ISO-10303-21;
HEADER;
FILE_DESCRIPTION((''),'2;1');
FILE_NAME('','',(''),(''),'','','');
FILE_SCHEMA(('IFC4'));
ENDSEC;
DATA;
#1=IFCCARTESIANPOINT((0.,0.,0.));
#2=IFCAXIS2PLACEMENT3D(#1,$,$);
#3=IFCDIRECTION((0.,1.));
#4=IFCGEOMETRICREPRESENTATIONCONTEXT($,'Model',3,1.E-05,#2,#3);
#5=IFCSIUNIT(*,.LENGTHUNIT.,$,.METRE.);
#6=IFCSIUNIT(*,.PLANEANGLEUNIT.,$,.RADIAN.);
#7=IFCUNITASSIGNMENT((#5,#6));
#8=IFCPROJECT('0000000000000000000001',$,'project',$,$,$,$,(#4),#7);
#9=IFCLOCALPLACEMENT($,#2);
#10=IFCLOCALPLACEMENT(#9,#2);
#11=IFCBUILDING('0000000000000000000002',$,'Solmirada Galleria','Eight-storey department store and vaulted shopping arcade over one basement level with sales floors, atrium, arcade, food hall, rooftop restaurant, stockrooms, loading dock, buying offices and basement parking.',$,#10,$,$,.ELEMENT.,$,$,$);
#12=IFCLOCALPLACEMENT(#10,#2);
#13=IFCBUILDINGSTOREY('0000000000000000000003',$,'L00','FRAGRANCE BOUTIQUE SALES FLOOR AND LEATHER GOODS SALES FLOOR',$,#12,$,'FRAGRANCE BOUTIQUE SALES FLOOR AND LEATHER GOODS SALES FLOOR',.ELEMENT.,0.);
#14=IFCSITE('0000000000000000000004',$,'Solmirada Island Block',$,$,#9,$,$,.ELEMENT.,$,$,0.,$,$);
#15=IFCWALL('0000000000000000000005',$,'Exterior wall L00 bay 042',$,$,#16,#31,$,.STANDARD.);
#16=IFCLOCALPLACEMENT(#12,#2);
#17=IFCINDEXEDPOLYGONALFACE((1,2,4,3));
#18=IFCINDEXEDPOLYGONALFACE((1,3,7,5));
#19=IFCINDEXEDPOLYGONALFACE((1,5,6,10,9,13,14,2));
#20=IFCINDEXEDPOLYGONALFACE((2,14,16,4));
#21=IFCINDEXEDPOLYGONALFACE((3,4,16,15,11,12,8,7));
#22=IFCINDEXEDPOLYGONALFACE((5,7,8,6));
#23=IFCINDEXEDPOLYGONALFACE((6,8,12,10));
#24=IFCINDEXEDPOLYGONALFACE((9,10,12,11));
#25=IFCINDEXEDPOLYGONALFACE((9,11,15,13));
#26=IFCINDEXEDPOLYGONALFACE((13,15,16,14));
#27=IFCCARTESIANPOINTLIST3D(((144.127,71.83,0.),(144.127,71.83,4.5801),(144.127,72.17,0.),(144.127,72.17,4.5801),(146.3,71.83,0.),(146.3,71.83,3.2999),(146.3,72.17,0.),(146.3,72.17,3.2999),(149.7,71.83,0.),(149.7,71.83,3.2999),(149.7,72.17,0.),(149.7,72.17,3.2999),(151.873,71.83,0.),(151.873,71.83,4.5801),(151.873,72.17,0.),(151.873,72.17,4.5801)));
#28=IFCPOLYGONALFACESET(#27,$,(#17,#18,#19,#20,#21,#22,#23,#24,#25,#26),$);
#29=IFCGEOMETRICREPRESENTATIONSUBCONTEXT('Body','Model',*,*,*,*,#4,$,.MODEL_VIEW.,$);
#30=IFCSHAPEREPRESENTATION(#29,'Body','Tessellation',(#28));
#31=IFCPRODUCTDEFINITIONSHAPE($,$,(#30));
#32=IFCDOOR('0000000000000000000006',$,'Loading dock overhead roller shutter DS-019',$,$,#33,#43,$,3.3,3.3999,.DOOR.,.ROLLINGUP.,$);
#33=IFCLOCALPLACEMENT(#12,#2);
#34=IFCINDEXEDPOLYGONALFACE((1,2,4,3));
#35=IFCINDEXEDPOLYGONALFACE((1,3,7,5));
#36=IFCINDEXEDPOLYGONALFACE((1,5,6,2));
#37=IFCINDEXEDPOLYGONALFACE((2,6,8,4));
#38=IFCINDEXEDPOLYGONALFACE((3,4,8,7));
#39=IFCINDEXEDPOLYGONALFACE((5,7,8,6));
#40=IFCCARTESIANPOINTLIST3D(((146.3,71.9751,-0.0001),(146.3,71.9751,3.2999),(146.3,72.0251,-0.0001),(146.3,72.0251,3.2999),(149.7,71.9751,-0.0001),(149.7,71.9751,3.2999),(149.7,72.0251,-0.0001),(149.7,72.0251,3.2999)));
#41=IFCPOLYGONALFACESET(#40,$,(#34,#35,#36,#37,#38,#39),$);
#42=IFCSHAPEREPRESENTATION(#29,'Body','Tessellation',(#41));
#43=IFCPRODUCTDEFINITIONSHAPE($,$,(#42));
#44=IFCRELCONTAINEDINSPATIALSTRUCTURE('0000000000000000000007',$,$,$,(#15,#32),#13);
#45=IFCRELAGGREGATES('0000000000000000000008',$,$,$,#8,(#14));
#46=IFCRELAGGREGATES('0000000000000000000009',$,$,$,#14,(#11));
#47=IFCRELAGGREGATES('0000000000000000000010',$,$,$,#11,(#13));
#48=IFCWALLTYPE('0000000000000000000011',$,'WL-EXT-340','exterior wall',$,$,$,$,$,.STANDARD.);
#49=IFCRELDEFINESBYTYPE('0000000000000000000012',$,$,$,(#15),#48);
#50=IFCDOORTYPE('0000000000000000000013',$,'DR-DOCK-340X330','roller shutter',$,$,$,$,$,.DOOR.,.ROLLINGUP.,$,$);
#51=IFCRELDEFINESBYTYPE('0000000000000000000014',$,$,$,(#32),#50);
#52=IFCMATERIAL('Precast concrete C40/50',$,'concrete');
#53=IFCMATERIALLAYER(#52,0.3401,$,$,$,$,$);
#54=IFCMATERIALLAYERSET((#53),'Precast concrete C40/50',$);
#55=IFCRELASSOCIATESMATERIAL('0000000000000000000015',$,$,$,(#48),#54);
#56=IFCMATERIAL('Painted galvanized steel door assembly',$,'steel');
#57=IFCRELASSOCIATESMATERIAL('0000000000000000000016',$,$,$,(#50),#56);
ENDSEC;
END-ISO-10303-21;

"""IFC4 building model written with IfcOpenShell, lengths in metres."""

from ifc_helpers import new_model, si_unit, direction, frame, frame_2d, origin, place, context, subcontext, project, spatial, rectangle, extrude, material, layer, layer_set, type_object, element, fill, save


model = new_model("IFC4")

# Units and contexts
model_context = context("Model", 3, precision=1e-05, world=origin(), true_north=direction((0.0, 1.0)))
body_context = subcontext(model_context, "Body", "Model", "MODEL_VIEW")
ifc_project = project(units=[si_unit("LENGTHUNIT", "METRE"), si_unit("PLANEANGLEUNIT", "RADIAN")], contexts=[model_context])

# Site, building, storey
site_placement = place(None, origin())
site = spatial("IfcSite", under=ifc_project, at=site_placement, Name="Solmirada Island Block", CompositionType="ELEMENT", RefElevation=0.0)
building_placement = place(site_placement, origin())
building = spatial("IfcBuilding", under=site, at=building_placement, Name="Solmirada Galleria", Description="Eight-storey department store and vaulted shopping arcade over one basement level with sales floors, atrium, arcade, food hall, rooftop restaurant, stockrooms, loading dock, buying offices and basement parking.", CompositionType="ELEMENT")
storey_placement = place(building_placement, origin())
storey = spatial("IfcBuildingStorey", under=building, at=storey_placement, Name="L00", Description="FRAGRANCE BOUTIQUE SALES FLOOR AND LEATHER GOODS SALES FLOOR", LongName="FRAGRANCE BOUTIQUE SALES FLOOR AND LEATHER GOODS SALES FLOOR", CompositionType="ELEMENT", Elevation=0.0)

# Wall, opening, door
ifc_material_1 = material(Name="Precast concrete C40/50", Category="concrete")
ifc_layer = layer(ifc_material_1, 0.3401)
ifc_layer_set = layer_set([ifc_layer], Name="Precast concrete C40/50")
wall_type = type_object("IfcWallType", Name="WL-EXT-340", Description="exterior wall", PredefinedType="STANDARD", material=ifc_layer_set)
ifc_material_2 = material(Name="Painted galvanized steel door assembly", Category="steel")
door_type = type_object("IfcDoorType", Name="DR-DOCK-340X330", Description="roller shutter", OperationType="ROLLINGUP", PredefinedType="DOOR", material=ifc_material_2)
wall_1_placement = place(storey_placement, frame((151.873, 72.0, 0.0), z_axis=(0.0, 0.0, 1.0), x_axis=(-1.0, 0.0, 0.0)))
wall_1 = element("IfcWall", 1, at=wall_1_placement, inside=storey, type_object=wall_type, Name="Exterior wall L00 bay 042", PredefinedType="STANDARD", context=body_context, shape_type="SweptSolid", body=[
    extrude(rectangle(XDim=7.7461, YDim=0.3401, at=frame_2d((3.873, 0.0))), origin(), (0.0, 0.0, 1.0), 4.5801),
])
opening_1_placement = place(wall_1_placement, frame((2.1731, 0.0, 0.0)))
opening_1 = element("IfcOpeningElement", 2, at=opening_1_placement, cuts=wall_1, PredefinedType="OPENING", context=body_context, shape_type="SweptSolid", body=[
    extrude(rectangle(XDim=3.3999, YDim=3.3, at=frame_2d((1.7, 1.6499))), frame((0.0, 0.1799, 0.0), z_axis=(0.0, -1.0, 0.0), x_axis=(1.0, 0.0, 0.0)), (0.0, 0.0, 1.0), 0.3601),
])
door_1_placement = place(opening_1_placement, origin())
door_1 = element("IfcDoor", 3, at=door_1_placement, inside=storey, type_object=door_type, Name="Loading dock overhead roller shutter DS-019", OperationType="ROLLINGUP", OverallHeight=3.3, OverallWidth=3.3999, PredefinedType="DOOR", context=body_context, shape_type="SweptSolid", body=[
    extrude(rectangle(XDim=3.3999, YDim=3.3, at=frame_2d((1.7, 1.6499))), frame((0.0, 0.0249, 0.0), z_axis=(0.0, -1.0, 0.0), x_axis=(1.0, 0.0, 0.0)), (0.0, 0.0, 1.0), 0.05),
])
fill(opening_1, door_1)

save(model, "model.ifc")
